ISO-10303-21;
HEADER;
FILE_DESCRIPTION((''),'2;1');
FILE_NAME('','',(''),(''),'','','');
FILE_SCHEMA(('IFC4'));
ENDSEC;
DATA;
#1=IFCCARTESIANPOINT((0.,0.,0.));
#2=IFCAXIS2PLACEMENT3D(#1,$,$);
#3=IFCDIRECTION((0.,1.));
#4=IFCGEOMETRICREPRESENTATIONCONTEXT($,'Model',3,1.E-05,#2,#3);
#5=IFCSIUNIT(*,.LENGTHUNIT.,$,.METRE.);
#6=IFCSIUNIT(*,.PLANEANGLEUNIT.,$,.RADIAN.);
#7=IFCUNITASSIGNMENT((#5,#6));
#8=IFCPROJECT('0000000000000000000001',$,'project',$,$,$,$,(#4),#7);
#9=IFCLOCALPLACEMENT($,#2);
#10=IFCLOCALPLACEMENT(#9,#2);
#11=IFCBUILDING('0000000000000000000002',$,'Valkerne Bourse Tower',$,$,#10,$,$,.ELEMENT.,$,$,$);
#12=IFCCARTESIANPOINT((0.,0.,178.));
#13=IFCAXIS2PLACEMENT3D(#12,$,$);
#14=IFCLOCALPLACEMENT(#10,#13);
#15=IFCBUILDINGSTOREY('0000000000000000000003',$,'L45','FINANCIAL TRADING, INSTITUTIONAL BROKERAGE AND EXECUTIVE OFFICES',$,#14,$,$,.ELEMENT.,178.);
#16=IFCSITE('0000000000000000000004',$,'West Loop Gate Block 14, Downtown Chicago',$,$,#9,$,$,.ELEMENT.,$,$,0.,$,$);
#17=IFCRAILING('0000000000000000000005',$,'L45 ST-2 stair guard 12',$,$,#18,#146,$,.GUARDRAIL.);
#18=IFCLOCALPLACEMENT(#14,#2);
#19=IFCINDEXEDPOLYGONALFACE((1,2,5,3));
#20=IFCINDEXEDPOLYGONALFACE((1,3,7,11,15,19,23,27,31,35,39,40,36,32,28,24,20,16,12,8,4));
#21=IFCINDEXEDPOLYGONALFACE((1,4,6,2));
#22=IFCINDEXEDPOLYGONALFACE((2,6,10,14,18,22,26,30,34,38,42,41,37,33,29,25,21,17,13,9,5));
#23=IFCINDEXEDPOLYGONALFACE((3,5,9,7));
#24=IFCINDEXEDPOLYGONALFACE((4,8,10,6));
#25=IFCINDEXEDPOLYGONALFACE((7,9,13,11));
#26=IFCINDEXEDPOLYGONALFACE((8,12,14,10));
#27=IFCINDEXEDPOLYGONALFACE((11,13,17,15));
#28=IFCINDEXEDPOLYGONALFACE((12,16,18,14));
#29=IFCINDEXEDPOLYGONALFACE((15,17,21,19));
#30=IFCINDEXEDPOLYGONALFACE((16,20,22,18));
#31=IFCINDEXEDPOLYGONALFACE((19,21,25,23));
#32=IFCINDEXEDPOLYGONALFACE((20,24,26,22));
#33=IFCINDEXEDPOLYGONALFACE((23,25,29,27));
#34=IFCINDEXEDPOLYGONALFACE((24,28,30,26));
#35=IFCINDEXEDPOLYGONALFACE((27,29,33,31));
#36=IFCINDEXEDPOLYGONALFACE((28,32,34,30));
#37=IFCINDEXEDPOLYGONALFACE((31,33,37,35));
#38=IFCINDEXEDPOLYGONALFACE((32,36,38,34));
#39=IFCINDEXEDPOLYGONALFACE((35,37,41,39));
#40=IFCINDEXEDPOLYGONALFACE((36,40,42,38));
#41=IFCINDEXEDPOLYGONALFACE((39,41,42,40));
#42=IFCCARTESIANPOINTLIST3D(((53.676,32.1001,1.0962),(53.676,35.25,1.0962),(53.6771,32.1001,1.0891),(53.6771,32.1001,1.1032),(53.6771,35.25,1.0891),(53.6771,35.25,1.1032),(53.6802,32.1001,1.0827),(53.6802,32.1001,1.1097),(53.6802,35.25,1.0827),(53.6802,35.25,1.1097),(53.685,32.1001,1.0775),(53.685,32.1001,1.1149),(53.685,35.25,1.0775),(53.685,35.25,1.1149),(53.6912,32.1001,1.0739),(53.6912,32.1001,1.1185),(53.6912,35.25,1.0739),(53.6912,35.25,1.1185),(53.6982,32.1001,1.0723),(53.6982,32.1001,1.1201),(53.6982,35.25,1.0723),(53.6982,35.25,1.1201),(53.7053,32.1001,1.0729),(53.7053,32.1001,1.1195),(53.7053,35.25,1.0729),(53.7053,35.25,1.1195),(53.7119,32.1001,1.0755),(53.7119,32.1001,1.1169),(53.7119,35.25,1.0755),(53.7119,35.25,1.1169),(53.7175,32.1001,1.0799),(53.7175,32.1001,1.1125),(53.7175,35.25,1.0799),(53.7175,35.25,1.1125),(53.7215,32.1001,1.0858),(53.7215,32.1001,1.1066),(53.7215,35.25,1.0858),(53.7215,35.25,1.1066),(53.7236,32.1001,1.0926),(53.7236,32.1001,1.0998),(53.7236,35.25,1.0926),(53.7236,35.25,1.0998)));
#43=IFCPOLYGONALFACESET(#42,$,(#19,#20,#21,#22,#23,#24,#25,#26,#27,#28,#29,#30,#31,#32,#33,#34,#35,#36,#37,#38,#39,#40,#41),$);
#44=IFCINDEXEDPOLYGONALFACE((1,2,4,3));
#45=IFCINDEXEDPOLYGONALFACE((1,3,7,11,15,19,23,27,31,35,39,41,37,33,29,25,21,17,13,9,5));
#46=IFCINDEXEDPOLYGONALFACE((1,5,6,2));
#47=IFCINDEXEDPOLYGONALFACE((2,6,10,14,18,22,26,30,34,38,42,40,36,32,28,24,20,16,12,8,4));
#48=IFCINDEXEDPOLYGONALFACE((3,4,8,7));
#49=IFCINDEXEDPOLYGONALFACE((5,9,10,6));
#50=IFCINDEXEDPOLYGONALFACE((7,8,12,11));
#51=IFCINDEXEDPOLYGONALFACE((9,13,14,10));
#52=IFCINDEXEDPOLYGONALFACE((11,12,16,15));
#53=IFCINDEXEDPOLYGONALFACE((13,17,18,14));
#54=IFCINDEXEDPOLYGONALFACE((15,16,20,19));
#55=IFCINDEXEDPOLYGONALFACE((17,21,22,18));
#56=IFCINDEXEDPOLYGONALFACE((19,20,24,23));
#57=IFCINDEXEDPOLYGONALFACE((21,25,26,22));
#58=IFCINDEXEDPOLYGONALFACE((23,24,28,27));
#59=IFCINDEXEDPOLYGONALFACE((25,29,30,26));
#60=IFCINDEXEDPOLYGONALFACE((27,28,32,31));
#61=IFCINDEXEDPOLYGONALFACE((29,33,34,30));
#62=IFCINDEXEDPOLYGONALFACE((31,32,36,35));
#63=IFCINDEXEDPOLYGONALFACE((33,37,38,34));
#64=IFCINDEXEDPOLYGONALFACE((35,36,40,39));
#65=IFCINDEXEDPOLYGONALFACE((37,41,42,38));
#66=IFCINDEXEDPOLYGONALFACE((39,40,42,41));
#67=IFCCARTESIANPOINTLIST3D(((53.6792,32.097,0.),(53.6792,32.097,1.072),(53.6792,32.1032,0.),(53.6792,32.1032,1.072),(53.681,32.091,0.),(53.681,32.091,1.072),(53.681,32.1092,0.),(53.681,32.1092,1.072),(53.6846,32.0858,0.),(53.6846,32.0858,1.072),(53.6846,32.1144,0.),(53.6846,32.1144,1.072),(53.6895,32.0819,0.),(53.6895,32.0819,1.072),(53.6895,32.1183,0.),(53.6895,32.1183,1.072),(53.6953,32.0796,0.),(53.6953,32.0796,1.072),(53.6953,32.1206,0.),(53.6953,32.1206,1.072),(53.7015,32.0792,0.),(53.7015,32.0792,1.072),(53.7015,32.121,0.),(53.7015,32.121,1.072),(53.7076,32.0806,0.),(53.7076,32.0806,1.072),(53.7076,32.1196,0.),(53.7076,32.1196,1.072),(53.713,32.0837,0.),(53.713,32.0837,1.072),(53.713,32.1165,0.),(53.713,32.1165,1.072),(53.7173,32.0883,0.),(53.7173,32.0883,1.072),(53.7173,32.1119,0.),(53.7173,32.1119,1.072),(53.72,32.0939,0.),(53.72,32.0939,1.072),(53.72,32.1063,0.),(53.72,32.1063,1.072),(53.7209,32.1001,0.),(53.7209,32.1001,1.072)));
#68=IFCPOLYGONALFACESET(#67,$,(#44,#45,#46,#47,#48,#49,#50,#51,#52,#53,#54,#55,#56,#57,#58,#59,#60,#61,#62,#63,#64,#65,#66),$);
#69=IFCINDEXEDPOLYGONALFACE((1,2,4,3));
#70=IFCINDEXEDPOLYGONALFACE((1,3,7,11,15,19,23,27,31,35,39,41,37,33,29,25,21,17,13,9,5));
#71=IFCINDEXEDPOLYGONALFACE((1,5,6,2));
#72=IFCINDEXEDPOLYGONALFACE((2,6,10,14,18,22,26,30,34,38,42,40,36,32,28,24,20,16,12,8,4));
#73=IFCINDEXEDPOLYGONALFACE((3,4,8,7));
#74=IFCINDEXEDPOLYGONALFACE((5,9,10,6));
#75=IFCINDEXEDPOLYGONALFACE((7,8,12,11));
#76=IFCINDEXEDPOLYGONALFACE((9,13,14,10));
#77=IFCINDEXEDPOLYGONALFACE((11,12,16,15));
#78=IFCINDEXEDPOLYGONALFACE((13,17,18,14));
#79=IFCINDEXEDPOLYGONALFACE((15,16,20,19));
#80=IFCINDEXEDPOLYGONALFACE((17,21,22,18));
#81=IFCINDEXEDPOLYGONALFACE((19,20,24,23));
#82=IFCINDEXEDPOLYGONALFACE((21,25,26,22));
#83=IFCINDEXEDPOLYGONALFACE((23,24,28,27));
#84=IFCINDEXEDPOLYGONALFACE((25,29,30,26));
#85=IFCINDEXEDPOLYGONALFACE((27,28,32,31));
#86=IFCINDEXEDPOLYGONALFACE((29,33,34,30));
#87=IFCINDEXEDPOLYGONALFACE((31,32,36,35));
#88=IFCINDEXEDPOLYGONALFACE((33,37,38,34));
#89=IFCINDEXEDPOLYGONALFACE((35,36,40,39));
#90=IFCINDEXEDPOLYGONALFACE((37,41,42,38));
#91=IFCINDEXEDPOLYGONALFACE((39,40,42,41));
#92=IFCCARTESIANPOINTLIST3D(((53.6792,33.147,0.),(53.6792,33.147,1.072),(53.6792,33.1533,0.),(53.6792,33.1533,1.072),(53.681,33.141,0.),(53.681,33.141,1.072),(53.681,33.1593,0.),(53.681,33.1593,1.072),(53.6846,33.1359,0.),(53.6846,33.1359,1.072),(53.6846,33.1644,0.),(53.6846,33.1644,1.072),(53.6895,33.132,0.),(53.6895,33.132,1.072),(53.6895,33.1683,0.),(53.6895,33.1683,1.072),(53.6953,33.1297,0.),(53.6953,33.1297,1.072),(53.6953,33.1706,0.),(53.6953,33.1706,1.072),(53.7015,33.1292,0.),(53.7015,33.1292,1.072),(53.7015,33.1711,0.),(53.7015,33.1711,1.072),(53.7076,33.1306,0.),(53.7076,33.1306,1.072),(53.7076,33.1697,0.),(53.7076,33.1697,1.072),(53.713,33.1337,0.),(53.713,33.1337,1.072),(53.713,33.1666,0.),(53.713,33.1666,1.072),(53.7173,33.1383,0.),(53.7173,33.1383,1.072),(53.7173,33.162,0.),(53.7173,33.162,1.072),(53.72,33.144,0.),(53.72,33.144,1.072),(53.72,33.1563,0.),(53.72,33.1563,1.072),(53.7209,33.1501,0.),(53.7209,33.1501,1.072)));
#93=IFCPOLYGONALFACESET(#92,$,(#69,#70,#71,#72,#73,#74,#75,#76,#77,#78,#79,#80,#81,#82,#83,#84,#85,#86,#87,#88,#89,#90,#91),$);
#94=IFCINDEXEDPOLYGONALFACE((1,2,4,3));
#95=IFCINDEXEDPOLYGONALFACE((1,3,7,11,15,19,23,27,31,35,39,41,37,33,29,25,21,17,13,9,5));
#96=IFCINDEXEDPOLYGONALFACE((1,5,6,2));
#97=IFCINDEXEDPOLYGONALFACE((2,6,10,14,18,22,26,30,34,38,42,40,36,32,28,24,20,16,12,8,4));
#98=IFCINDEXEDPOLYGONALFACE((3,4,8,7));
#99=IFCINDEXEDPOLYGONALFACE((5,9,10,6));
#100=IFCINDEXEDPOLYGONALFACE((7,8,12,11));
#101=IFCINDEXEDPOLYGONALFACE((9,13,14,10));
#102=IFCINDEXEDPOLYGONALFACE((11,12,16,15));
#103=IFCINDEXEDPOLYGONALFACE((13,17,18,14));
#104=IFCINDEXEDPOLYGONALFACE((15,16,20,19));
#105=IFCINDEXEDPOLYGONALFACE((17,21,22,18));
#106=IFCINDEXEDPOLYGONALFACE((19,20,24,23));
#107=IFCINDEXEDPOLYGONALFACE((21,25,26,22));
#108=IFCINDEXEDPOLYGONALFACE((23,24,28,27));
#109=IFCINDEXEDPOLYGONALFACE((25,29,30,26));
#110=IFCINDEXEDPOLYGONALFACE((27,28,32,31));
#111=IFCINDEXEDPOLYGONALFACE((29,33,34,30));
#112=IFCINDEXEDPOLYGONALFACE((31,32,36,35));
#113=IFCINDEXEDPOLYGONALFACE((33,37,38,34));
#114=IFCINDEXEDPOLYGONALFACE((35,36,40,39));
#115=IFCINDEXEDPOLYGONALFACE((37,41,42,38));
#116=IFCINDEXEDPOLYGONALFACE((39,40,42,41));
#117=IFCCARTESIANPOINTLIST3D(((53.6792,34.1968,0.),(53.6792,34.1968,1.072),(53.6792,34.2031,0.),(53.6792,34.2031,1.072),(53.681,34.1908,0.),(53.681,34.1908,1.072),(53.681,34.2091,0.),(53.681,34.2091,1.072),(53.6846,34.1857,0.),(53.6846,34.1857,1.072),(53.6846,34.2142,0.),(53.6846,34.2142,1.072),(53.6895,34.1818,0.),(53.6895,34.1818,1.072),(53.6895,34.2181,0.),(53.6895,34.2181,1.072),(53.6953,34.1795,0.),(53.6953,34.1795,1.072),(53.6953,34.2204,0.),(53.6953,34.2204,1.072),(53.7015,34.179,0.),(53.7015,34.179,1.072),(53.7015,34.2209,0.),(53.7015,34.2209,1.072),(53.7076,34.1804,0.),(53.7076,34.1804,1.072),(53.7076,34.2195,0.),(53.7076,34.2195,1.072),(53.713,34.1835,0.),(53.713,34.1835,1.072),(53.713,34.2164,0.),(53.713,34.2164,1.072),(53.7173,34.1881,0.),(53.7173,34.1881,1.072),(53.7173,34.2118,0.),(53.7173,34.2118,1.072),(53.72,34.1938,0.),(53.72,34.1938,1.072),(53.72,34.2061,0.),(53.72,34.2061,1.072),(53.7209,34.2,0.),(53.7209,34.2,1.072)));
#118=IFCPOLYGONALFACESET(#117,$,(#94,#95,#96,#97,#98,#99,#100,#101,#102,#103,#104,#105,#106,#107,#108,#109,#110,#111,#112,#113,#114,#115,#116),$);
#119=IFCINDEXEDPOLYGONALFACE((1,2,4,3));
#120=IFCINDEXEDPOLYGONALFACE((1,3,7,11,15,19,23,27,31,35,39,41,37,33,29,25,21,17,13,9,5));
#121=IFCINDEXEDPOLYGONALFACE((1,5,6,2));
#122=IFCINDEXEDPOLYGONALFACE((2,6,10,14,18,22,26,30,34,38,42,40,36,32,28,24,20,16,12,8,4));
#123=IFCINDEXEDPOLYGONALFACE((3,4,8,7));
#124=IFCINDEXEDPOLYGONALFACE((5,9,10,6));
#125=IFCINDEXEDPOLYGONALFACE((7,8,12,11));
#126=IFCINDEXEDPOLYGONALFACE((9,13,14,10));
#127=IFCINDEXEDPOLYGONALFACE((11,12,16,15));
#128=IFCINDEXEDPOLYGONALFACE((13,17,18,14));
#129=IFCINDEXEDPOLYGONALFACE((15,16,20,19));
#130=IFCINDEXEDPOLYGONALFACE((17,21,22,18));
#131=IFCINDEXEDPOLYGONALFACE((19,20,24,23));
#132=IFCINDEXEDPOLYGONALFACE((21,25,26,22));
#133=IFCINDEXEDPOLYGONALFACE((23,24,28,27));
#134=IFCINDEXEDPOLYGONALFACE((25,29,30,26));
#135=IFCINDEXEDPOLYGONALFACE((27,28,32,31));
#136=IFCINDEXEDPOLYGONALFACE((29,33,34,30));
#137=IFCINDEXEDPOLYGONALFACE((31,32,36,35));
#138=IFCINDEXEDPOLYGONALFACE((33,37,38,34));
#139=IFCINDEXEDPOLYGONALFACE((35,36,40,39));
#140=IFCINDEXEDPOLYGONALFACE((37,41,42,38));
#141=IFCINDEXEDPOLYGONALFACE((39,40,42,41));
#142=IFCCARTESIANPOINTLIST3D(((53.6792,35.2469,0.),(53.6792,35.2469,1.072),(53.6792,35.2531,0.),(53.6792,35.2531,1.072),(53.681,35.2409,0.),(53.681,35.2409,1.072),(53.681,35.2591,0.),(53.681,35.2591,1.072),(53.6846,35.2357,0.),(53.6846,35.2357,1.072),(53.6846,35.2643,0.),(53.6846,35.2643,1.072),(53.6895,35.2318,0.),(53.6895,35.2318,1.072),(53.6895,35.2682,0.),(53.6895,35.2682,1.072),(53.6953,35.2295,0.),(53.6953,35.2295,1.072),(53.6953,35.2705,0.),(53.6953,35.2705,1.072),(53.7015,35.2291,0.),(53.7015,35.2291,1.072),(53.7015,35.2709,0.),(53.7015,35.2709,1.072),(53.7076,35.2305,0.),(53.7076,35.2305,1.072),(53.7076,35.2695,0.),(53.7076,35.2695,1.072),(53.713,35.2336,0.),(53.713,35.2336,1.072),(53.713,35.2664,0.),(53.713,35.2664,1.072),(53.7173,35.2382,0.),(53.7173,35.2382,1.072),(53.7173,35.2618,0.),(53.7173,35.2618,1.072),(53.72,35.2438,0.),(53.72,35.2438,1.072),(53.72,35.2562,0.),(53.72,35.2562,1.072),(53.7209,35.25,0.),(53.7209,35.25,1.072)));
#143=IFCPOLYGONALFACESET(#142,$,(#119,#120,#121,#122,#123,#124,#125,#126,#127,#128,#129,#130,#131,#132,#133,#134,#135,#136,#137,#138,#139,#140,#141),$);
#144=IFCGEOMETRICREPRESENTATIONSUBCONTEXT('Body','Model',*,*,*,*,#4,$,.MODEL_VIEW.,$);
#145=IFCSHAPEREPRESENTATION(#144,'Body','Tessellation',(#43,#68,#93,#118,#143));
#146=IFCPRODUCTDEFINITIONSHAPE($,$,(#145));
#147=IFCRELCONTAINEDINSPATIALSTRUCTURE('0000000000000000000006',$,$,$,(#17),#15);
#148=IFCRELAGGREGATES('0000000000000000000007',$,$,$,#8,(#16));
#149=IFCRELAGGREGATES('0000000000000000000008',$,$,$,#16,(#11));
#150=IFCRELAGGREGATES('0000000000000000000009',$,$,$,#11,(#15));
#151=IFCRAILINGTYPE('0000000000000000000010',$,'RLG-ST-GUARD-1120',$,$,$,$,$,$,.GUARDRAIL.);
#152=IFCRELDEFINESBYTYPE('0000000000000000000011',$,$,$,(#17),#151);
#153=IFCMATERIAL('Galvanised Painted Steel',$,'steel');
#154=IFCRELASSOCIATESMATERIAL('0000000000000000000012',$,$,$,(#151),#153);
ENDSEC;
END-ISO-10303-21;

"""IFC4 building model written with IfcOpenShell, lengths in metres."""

from ifc_helpers import new_model, si_unit, direction, frame, origin, origin_2d, place, context, subcontext, project, spatial, circle, extrude, material, type_object, element, save


model = new_model("IFC4")

# Units and contexts
model_context = context("Model", 3, precision=1e-05, world=origin(), true_north=direction((0.0, 1.0)))
body_context = subcontext(model_context, "Body", "Model", "MODEL_VIEW")
ifc_project = project(units=[si_unit("LENGTHUNIT", "METRE"), si_unit("PLANEANGLEUNIT", "RADIAN")], contexts=[model_context])

# Site, building, storey
site_placement = place(None, origin())
site = spatial("IfcSite", under=ifc_project, at=site_placement, Name="West Loop Gate Block 14, Downtown Chicago", CompositionType="ELEMENT", RefElevation=0.0)
building_placement = place(site_placement, origin())
building = spatial("IfcBuilding", under=site, at=building_placement, Name="Valkerne Bourse Tower", CompositionType="ELEMENT")
storey_placement = place(building_placement, frame((0.0, 0.0, 178.0)))
storey = spatial("IfcBuildingStorey", under=building, at=storey_placement, Name="L45", Description="FINANCIAL TRADING, INSTITUTIONAL BROKERAGE AND EXECUTIVE OFFICES", CompositionType="ELEMENT", Elevation=178.0)

# Railing
ifc_material_1 = material(Name="Galvanised Painted Steel", Category="steel")
railing_type = type_object("IfcRailingType", Name="RLG-ST-GUARD-1120", PredefinedType="GUARDRAIL", material=ifc_material_1)
railing_1_placement = place(storey_placement, frame((53.7, 32.1001, 0.0)))
element("IfcRailing", 1, at=railing_1_placement, inside=storey, type_object=railing_type, Name="L45 ST-2 stair guard 12", PredefinedType="GUARDRAIL", context=body_context, shape_type="SweptSolid", body=[
    extrude(circle(Radius=0.0239, at=origin_2d()), frame((0.0, 0.0, 1.0962), z_axis=(0.0, 1.0, 0.0), x_axis=(-1.0, 0.0, 0.0)), (0.0, 0.0, 1.0), 3.1499),
    extrude(circle(Radius=0.021, at=origin_2d()), origin(), (0.0, 0.0, 1.0), 1.072),
    extrude(circle(Radius=0.021, at=origin_2d()), frame((0.0, 1.05, 0.0)), (0.0, 0.0, 1.0), 1.072),
    extrude(circle(Radius=0.021, at=origin_2d()), frame((0.0, 2.0999, 0.0)), (0.0, 0.0, 1.0), 1.072),
    extrude(circle(Radius=0.021, at=origin_2d()), frame((0.0, 3.1499, 0.0)), (0.0, 0.0, 1.0), 1.072),
])

save(model, "model.ifc")
